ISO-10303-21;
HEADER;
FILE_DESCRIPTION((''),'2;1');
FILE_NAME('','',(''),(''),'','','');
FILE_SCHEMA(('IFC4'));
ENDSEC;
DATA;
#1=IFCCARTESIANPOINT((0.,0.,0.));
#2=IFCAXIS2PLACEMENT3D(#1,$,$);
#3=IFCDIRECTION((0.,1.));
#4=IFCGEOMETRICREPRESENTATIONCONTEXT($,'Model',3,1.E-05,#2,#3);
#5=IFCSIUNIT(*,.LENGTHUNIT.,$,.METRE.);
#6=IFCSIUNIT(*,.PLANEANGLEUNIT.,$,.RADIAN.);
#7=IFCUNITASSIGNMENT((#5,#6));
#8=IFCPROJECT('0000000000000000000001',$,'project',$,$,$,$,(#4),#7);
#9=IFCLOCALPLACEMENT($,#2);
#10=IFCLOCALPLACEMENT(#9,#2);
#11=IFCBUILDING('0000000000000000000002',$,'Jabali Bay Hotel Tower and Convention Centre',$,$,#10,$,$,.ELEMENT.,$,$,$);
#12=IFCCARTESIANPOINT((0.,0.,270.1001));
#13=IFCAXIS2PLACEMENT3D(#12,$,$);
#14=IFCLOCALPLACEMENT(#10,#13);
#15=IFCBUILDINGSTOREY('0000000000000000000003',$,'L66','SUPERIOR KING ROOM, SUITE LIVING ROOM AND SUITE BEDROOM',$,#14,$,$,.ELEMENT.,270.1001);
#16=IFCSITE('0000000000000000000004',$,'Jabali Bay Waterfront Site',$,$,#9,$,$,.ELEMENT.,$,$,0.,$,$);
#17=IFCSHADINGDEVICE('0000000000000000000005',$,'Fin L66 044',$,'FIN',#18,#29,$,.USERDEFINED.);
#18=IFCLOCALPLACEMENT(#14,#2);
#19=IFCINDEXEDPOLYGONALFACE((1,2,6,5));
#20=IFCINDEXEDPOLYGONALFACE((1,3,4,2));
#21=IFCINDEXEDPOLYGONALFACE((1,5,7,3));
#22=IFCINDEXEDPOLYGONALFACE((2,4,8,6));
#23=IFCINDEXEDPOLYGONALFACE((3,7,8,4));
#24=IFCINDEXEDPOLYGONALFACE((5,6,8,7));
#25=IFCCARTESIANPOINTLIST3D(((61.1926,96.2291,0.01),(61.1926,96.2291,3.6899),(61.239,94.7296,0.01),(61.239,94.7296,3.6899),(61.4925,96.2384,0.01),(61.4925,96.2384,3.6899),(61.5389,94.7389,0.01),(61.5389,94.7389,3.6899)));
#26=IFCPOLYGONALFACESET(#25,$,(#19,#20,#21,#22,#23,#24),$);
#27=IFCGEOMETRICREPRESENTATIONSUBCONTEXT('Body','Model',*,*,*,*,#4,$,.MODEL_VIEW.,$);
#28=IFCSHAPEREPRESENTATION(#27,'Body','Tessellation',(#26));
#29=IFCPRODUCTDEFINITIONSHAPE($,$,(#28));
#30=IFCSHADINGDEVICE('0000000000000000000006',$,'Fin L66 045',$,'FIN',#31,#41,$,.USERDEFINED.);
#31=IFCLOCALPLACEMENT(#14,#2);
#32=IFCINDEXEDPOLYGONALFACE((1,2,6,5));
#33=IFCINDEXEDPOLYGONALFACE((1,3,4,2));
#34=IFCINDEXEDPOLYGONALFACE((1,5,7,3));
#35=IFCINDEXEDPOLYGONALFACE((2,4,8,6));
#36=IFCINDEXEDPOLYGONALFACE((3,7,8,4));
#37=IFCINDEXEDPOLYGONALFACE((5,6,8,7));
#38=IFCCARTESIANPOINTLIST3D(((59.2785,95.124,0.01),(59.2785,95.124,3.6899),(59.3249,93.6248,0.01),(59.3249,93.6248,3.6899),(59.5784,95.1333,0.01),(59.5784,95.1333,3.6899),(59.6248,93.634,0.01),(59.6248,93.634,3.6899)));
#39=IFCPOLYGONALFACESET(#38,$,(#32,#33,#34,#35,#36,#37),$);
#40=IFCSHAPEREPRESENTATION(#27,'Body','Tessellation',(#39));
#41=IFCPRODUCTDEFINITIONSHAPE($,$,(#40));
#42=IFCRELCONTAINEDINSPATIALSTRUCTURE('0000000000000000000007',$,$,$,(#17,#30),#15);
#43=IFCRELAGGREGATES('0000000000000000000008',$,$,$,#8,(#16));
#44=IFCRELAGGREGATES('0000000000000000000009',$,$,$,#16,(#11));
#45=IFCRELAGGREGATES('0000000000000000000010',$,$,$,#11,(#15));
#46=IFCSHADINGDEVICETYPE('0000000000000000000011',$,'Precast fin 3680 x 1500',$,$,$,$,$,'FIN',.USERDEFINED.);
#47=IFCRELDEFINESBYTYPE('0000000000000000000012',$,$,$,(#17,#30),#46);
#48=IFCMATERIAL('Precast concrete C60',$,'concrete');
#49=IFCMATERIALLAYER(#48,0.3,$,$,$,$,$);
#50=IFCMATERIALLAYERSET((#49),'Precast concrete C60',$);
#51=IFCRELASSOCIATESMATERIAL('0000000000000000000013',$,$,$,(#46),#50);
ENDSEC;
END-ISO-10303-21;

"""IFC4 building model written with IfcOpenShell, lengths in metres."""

from ifc_helpers import new_model, si_unit, direction, frame, frame_2d, origin, place, context, subcontext, project, spatial, rectangle, extrude, material, layer, layer_set, type_object, element, save


model = new_model("IFC4")

# Units and contexts
model_context = context("Model", 3, precision=1e-05, world=origin(), true_north=direction((0.0, 1.0)))
body_context = subcontext(model_context, "Body", "Model", "MODEL_VIEW")
ifc_project = project(units=[si_unit("LENGTHUNIT", "METRE"), si_unit("PLANEANGLEUNIT", "RADIAN")], contexts=[model_context])

# Site, building, storey
site_placement = place(None, origin())
site = spatial("IfcSite", under=ifc_project, at=site_placement, Name="Jabali Bay Waterfront Site", CompositionType="ELEMENT", RefElevation=0.0)
building_placement = place(site_placement, origin())
building = spatial("IfcBuilding", under=site, at=building_placement, Name="Jabali Bay Hotel Tower and Convention Centre", CompositionType="ELEMENT")
storey_placement = place(building_placement, frame((0.0, 0.0, 270.1001)))
storey = spatial("IfcBuildingStorey", under=building, at=storey_placement, Name="L66", Description="SUPERIOR KING ROOM, SUITE LIVING ROOM AND SUITE BEDROOM", CompositionType="ELEMENT", Elevation=270.1001)

# Shading devices
ifc_material_1 = material(Name="Precast concrete C60", Category="concrete")
ifc_layer_1 = layer(ifc_material_1, 0.3)
ifc_layer_set_1 = layer_set([ifc_layer_1], Name="Precast concrete C60")
shading_device_type = type_object("IfcShadingDeviceType", Name="Precast fin 3680 x 1500", ElementType="FIN", PredefinedType="USERDEFINED", material=ifc_layer_set_1)
shading_device_1_placement = place(storey_placement, frame((61.3889, 94.7344, 0.01), z_axis=(0.0, 0.0, 1.0), x_axis=(-0.03092, 0.999522, 0.0)))
element("IfcShadingDevice", 1, at=shading_device_1_placement, inside=storey, type_object=shading_device_type, Name="Fin L66 044", ObjectType="FIN", PredefinedType="USERDEFINED", context=body_context, shape_type="SweptSolid", body=[
    extrude(rectangle(XDim=1.5002, YDim=0.3, at=frame_2d((0.75, 0.0))), origin(), (0.0, 0.0, 1.0), 3.6799),
])
shading_device_2_placement = place(storey_placement, frame((59.4749, 93.6294, 0.01), z_axis=(0.0, 0.0, 1.0), x_axis=(-0.030925, 0.999522, 0.0)))
element("IfcShadingDevice", 2, at=shading_device_2_placement, inside=storey, type_object=shading_device_type, Name="Fin L66 045", ObjectType="FIN", PredefinedType="USERDEFINED", context=body_context, shape_type="SweptSolid", body=[
    extrude(rectangle(XDim=1.5, YDim=0.3, at=frame_2d((0.75, 0.0))), origin(), (0.0, 0.0, 1.0), 3.6799),
])

save(model, "model.ifc")
